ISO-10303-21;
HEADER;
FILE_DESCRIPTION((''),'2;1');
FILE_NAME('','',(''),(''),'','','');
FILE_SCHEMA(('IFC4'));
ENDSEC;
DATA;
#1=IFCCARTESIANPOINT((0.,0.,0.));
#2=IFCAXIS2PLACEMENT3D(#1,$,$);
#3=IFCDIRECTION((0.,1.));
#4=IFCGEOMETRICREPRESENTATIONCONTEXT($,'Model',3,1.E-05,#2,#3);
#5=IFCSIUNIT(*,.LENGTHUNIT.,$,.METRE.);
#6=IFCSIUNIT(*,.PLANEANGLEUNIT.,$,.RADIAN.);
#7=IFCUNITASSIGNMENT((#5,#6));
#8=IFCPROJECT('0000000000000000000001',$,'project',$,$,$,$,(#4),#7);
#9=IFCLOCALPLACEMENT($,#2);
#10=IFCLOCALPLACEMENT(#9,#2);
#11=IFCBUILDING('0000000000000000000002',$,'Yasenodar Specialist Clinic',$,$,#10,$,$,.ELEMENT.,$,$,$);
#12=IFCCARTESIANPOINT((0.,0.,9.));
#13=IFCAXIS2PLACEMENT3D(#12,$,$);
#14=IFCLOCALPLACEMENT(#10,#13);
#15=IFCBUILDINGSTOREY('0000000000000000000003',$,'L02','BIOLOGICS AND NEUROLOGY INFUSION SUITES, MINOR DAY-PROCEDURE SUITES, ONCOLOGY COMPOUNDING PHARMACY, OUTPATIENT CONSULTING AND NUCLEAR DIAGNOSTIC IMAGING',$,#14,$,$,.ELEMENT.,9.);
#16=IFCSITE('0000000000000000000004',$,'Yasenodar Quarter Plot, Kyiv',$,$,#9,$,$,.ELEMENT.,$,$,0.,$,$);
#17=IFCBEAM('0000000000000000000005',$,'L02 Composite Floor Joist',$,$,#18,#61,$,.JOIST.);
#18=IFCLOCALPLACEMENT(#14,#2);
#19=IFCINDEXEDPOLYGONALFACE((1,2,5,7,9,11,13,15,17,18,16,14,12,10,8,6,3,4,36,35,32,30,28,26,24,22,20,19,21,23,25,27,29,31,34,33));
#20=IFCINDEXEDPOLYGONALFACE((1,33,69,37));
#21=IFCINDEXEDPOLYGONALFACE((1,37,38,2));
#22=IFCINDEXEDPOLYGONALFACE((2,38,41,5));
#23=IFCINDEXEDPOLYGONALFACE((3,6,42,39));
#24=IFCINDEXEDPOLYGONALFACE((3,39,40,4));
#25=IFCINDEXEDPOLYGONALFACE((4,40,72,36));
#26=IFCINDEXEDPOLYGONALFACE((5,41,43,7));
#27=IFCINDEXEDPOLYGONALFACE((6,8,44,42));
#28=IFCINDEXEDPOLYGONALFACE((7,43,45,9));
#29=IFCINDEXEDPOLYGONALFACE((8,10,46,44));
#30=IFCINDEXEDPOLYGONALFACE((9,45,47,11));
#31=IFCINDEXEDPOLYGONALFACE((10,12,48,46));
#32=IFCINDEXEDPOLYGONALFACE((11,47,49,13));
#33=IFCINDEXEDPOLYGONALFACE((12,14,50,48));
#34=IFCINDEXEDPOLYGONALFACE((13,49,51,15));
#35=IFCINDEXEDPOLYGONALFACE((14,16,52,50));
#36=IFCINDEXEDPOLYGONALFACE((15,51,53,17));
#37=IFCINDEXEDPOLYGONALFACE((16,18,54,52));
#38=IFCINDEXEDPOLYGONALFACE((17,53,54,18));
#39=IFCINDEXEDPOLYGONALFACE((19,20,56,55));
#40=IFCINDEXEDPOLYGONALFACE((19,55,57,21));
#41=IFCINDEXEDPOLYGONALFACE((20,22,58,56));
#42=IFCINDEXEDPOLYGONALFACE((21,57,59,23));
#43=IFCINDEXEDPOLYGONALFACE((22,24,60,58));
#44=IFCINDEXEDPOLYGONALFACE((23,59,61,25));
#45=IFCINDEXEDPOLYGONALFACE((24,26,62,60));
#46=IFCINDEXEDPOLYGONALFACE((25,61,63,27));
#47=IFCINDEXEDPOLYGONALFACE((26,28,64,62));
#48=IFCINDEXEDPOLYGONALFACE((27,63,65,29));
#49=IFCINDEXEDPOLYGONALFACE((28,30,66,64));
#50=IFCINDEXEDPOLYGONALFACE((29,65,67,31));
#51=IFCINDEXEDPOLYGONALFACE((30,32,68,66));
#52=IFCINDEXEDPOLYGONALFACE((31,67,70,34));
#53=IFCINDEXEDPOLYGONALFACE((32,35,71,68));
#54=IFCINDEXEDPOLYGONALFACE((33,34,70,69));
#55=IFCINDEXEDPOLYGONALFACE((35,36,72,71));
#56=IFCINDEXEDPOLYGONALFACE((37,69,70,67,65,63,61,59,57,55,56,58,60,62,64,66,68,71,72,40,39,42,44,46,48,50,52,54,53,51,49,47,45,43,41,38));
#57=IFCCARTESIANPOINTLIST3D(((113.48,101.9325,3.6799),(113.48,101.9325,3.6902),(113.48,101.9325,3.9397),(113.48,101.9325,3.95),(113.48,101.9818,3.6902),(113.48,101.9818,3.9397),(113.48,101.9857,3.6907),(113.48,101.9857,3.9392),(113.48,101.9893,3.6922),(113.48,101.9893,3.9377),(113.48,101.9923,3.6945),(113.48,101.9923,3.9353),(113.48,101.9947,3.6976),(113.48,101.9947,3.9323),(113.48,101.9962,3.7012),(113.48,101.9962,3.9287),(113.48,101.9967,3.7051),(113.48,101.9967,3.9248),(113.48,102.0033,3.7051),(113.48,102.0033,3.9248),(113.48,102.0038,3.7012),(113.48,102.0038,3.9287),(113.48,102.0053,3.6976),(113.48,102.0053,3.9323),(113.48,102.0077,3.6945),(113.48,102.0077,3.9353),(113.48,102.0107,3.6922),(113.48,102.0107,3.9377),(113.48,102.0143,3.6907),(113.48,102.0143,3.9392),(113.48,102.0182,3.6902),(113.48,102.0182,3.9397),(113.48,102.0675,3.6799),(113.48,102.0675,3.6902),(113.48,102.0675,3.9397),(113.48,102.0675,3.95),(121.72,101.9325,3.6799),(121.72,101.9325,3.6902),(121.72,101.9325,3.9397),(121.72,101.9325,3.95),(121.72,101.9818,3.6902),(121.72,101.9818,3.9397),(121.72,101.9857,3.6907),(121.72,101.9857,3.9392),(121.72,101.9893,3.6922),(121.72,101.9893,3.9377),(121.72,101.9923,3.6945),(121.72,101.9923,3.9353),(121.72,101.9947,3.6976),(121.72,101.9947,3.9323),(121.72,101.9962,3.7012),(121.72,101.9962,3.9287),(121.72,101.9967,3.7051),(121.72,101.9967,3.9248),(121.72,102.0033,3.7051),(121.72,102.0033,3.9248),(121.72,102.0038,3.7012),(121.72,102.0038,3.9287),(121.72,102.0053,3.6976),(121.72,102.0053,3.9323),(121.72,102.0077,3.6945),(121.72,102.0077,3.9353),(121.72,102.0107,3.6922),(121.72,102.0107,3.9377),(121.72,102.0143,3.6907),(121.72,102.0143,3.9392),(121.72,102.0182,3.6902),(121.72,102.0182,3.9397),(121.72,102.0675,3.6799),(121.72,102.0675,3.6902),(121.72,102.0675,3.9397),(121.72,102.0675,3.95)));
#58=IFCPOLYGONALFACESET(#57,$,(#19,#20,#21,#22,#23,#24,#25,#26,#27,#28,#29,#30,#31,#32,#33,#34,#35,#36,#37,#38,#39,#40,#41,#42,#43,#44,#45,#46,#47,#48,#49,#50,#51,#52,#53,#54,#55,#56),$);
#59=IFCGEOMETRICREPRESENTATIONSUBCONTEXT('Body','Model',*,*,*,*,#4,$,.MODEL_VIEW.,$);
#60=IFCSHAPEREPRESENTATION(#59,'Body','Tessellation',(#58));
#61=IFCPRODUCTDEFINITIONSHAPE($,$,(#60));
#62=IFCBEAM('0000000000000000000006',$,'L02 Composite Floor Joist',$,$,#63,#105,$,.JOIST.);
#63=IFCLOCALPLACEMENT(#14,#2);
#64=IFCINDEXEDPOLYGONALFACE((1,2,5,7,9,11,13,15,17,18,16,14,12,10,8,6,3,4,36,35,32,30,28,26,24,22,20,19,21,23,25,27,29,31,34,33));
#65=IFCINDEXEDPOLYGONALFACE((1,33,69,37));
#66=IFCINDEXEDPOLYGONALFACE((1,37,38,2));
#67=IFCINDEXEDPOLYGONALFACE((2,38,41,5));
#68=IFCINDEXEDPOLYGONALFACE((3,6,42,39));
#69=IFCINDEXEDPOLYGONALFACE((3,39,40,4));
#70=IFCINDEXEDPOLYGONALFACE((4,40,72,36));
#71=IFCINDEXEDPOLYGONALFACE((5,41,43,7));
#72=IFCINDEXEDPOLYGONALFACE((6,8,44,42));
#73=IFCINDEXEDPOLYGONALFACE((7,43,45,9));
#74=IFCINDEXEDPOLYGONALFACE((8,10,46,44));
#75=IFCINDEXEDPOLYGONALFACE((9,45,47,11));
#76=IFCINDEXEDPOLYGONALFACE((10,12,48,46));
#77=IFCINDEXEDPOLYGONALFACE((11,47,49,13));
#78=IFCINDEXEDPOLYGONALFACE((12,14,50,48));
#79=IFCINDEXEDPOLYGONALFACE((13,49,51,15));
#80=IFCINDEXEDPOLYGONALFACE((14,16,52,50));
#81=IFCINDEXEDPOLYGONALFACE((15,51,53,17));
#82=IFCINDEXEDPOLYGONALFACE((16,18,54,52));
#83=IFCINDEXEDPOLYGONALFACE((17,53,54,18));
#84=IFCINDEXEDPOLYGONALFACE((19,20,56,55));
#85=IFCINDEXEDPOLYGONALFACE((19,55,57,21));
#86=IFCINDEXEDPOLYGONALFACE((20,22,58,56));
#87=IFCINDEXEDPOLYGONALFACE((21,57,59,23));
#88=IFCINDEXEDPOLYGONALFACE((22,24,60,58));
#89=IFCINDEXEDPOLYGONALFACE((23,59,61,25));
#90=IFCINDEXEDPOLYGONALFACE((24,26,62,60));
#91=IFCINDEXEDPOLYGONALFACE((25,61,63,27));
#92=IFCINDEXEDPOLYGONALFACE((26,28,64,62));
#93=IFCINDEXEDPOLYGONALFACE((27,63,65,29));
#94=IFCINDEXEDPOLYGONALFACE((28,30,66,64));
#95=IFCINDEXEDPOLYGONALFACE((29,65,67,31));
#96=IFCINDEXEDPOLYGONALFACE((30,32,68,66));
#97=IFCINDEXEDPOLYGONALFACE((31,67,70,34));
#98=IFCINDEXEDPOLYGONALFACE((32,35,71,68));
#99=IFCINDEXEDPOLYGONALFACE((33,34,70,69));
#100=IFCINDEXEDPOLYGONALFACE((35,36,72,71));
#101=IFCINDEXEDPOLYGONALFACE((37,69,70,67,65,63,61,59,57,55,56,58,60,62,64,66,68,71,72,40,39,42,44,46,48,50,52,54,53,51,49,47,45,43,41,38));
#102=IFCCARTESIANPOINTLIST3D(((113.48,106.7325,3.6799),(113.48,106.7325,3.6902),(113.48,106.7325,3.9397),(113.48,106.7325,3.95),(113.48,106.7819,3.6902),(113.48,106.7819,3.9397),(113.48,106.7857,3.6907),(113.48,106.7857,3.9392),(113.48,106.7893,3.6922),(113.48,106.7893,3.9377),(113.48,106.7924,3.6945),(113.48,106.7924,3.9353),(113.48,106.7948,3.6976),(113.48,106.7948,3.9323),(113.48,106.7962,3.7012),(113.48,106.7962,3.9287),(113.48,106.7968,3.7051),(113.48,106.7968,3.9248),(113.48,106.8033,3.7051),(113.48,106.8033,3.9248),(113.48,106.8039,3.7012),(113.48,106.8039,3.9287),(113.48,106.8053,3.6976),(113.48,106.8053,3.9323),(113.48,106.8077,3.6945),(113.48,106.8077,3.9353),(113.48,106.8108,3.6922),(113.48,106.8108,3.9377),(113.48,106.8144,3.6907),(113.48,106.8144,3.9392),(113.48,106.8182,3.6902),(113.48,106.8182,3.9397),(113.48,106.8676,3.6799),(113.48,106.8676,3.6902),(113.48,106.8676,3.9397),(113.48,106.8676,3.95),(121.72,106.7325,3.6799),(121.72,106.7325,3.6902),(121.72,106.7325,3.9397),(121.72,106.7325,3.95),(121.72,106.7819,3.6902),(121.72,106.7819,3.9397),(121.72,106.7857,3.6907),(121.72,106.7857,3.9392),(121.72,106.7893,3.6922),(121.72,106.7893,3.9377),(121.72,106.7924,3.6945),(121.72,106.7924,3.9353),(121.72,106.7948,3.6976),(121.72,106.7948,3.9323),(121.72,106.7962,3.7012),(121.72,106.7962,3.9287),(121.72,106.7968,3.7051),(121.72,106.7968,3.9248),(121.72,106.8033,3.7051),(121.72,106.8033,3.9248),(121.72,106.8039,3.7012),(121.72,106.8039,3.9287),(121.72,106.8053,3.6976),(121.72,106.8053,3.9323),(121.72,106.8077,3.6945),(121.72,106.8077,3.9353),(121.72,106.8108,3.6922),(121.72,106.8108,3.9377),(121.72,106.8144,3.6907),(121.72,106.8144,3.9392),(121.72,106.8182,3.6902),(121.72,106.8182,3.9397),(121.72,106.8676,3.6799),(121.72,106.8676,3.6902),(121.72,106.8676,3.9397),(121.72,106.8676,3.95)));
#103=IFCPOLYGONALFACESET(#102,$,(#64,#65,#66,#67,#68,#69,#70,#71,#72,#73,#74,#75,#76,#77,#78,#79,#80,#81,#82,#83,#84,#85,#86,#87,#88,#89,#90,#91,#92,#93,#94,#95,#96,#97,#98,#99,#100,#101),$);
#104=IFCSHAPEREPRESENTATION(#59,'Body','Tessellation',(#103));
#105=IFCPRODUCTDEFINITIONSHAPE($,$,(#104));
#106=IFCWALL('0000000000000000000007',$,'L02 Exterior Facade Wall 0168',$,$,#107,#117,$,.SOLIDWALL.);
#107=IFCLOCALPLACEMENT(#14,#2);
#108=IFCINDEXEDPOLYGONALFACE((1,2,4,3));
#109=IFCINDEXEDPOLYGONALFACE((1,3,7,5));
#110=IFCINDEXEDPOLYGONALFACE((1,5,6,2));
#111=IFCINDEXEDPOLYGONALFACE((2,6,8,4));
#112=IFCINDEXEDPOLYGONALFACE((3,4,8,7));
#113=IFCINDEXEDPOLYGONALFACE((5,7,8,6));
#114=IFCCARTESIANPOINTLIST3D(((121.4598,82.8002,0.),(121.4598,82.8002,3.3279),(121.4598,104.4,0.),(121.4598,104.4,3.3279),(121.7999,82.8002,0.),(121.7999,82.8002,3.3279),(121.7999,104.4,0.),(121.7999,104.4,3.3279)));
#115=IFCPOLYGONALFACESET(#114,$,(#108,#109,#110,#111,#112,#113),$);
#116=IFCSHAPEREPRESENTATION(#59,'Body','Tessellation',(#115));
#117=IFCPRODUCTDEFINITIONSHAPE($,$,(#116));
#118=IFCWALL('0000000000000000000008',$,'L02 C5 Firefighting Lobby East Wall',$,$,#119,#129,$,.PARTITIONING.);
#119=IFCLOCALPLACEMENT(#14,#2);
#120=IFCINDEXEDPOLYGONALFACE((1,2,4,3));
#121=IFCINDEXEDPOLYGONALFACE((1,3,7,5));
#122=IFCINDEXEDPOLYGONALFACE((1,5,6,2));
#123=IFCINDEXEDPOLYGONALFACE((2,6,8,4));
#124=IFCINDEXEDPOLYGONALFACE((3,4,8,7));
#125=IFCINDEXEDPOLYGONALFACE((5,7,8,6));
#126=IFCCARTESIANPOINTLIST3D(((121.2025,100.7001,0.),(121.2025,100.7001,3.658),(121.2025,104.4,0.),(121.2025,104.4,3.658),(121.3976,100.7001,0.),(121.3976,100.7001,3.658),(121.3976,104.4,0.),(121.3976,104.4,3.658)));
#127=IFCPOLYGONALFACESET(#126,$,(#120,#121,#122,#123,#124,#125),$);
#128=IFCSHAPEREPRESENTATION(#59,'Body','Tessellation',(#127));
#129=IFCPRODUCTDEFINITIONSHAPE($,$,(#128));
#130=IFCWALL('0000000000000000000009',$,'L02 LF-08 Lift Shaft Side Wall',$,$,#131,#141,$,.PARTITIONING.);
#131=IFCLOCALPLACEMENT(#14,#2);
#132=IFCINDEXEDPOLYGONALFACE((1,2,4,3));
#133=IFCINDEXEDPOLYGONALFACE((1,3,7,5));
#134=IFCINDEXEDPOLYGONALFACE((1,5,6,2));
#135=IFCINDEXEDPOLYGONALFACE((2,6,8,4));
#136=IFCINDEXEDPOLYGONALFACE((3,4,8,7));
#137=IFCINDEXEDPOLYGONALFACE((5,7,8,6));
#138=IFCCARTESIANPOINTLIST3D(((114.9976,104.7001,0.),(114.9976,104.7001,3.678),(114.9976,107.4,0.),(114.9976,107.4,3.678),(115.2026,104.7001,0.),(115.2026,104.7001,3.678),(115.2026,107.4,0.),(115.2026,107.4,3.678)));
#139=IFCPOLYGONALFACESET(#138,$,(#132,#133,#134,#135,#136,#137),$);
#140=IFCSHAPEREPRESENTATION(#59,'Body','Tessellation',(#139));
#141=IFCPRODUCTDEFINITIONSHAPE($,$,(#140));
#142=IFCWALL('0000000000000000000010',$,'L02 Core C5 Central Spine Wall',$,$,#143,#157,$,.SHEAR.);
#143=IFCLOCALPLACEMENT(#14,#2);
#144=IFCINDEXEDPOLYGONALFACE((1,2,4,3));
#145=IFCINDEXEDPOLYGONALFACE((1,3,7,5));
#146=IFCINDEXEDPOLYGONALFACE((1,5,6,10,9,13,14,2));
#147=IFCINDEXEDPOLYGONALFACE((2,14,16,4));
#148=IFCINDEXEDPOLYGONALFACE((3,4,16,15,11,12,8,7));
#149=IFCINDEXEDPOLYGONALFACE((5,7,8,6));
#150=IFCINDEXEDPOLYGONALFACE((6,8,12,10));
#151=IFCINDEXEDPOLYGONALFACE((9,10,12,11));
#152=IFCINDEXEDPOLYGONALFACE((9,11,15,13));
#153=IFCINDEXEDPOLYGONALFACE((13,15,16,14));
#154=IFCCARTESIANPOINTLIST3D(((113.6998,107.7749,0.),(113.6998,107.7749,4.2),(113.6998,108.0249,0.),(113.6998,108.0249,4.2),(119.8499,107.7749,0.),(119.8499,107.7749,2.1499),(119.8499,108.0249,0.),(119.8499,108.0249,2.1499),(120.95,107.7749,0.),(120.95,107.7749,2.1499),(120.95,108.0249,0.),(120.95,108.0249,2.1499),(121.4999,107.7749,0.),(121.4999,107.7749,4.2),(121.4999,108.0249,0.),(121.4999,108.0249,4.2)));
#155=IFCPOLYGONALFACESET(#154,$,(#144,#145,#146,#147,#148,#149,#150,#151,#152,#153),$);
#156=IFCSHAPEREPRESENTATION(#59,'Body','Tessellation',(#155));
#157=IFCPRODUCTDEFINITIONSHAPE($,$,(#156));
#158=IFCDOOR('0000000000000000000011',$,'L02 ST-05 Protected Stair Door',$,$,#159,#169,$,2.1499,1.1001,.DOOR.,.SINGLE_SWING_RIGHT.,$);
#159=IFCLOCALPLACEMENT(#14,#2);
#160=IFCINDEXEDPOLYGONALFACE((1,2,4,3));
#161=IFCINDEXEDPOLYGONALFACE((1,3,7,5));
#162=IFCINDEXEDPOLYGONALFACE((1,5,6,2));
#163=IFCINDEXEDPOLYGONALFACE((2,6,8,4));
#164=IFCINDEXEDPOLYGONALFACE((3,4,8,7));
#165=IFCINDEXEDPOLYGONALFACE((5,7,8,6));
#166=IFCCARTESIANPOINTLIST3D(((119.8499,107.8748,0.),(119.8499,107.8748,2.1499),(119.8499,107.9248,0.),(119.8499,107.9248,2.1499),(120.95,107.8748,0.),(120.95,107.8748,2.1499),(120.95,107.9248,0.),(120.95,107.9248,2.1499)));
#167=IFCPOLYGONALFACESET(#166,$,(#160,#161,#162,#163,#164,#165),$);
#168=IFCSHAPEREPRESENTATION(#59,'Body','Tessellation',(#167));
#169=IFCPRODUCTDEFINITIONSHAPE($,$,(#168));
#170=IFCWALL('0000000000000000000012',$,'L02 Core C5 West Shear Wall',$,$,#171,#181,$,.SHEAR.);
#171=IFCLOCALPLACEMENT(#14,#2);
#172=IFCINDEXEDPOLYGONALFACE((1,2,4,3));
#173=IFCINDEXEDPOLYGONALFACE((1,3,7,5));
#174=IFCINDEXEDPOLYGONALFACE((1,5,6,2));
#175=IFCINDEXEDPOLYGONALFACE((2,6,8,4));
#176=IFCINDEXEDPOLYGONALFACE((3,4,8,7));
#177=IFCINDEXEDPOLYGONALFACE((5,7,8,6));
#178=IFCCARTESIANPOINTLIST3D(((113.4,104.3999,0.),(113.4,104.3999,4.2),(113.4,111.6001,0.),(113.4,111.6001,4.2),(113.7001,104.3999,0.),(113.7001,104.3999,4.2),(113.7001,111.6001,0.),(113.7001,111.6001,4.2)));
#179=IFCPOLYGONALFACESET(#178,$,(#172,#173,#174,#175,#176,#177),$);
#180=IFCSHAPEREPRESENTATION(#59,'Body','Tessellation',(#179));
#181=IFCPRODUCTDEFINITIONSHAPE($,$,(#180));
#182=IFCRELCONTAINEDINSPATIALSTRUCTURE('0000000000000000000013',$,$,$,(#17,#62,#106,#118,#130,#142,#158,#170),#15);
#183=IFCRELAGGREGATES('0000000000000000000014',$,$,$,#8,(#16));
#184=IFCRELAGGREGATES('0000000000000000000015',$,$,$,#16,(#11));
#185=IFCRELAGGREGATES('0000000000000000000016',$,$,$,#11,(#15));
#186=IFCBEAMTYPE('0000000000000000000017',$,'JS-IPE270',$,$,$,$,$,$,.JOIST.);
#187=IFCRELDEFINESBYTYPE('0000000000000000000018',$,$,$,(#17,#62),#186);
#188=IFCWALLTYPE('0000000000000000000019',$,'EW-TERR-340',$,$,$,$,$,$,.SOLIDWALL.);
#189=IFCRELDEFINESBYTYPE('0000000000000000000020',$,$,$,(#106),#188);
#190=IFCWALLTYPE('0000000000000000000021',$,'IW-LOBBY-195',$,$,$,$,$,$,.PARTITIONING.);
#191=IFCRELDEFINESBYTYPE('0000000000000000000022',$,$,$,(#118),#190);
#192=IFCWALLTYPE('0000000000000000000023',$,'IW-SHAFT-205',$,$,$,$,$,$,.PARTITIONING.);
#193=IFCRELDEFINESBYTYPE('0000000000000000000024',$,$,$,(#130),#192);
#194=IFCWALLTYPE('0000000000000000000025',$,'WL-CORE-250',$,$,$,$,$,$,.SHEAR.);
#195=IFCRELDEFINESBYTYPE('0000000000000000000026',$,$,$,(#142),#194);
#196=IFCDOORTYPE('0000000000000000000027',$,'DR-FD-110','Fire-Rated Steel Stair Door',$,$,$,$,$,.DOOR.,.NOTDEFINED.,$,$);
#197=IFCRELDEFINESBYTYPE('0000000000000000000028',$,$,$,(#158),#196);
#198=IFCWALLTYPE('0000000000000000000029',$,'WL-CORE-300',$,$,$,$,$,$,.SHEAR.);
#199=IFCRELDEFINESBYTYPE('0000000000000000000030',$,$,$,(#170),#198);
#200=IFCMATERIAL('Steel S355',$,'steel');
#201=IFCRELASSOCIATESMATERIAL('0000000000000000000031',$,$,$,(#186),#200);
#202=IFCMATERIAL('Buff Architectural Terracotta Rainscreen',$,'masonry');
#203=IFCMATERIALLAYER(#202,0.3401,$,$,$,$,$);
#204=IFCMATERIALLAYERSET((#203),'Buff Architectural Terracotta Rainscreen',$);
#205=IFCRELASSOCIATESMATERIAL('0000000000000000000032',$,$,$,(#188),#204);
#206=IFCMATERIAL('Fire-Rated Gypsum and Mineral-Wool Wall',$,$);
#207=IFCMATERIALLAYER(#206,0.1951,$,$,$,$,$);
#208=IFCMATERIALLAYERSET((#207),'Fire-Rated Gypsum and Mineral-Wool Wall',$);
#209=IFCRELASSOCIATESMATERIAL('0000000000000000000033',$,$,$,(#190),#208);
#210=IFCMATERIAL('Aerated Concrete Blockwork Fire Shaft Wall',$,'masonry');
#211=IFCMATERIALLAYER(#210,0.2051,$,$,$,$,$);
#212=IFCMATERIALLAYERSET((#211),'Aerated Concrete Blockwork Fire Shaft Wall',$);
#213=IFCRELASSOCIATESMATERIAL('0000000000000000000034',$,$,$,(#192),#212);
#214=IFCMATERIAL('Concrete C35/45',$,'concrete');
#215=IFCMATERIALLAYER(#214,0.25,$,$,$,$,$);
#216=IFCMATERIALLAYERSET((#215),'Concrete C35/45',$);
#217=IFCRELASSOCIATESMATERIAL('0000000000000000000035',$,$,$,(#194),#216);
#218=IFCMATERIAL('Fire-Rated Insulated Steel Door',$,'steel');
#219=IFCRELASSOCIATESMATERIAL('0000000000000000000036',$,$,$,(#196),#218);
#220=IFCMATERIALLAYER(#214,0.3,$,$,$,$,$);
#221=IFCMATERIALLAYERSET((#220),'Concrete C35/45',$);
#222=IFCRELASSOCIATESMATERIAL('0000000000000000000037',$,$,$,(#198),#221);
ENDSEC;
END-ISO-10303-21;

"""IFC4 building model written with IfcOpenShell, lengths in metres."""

from ifc_helpers import new_model, si_unit, direction, frame, frame_2d, origin, origin_2d, place, context, subcontext, project, spatial, rectangle, i_section, extrude, material, layer, layer_set, material_profile, profile_set, type_object, element, fill, save


model = new_model("IFC4")

# Units and contexts
model_context = context("Model", 3, precision=1e-05, world=origin(), true_north=direction((0.0, 1.0)))
body_context = subcontext(model_context, "Body", "Model", "MODEL_VIEW")
ifc_project = project(units=[si_unit("LENGTHUNIT", "METRE"), si_unit("PLANEANGLEUNIT", "RADIAN")], contexts=[model_context])

# Site, building, storey
site_placement = place(None, origin())
site = spatial("IfcSite", under=ifc_project, at=site_placement, Name="Yasenodar Quarter Plot, Kyiv", CompositionType="ELEMENT", RefElevation=0.0)
building_placement = place(site_placement, origin())
building = spatial("IfcBuilding", under=site, at=building_placement, Name="Yasenodar Specialist Clinic", CompositionType="ELEMENT")
storey_placement = place(building_placement, frame((0.0, 0.0, 9.0)))
storey = spatial("IfcBuildingStorey", under=building, at=storey_placement, Name="L02", Description="BIOLOGICS AND NEUROLOGY INFUSION SUITES, MINOR DAY-PROCEDURE SUITES, ONCOLOGY COMPOUNDING PHARMACY, OUTPATIENT CONSULTING AND NUCLEAR DIAGNOSTIC IMAGING", CompositionType="ELEMENT", Elevation=9.0)

# Shared definitions
ifc_material_1 = material(Name="Steel S355", Category="steel")

# Beams
ifc_material_profile_1 = material_profile(ifc_material_1, i_section(OverallWidth=0.135, OverallDepth=0.27, WebThickness=0.0066, FlangeThickness=0.0103, FilletRadius=0.0149, at=origin_2d()), Name="IPE 270")
ifc_profile_set_1 = profile_set([ifc_material_profile_1], Name="Steel S355")
beam_type_1 = type_object("IfcBeamType", Name="JS-IPE270", PredefinedType="JOIST", material=ifc_profile_set_1)
for number, where, z_axis, x_axis, name in (
    (1, (113.48, 102.0, 3.8149), (1.0, 0.0, 0.0), (0.0, 1.0, 0.0), "L02 Composite Floor Joist"),
    (2, (113.48, 106.8, 3.8149), (1.0, 0.0, 0.0), (0.0, 1.0, 0.0), "L02 Composite Floor Joist"),
):
    element("IfcBeam", number, at=place(storey_placement, frame(where, z_axis=z_axis, x_axis=x_axis)), inside=storey, type_object=beam_type_1, Name=name, PredefinedType="JOIST", context=body_context, shape_type="SweptSolid", body=[
        extrude(i_section(OverallWidth=0.135, OverallDepth=0.27, WebThickness=0.0066, FlangeThickness=0.0103, FilletRadius=0.0149, at=origin_2d()), origin(), (0.0, 0.0, 1.0), 8.24),
    ])

# Walls
ifc_material_2 = material(Name="Buff Architectural Terracotta Rainscreen", Category="masonry")
ifc_layer_1 = layer(ifc_material_2, 0.3401)
ifc_layer_set_1 = layer_set([ifc_layer_1], Name="Buff Architectural Terracotta Rainscreen")
wall_type_1 = type_object("IfcWallType", Name="EW-TERR-340", PredefinedType="SOLIDWALL", material=ifc_layer_set_1)
wall_1_placement = place(storey_placement, frame((121.6299, 104.3999, 0.0), z_axis=(0.0, 0.0, 1.0), x_axis=(0.0, -1.0, 0.0)))
element("IfcWall", 3, at=wall_1_placement, inside=storey, type_object=wall_type_1, Name="L02 Exterior Facade Wall 0168", PredefinedType="SOLIDWALL", context=body_context, shape_type="SweptSolid", body=[
    extrude(rectangle(XDim=21.5999, YDim=0.3401, at=frame_2d((10.7998, 0.0))), origin(), (0.0, 0.0, 1.0), 3.3279),
])
ifc_material_3 = material(Name="Fire-Rated Gypsum and Mineral-Wool Wall")
ifc_layer_2 = layer(ifc_material_3, 0.1951)
ifc_layer_set_2 = layer_set([ifc_layer_2], Name="Fire-Rated Gypsum and Mineral-Wool Wall")
wall_type_2 = type_object("IfcWallType", Name="IW-LOBBY-195", PredefinedType="PARTITIONING", material=ifc_layer_set_2)
wall_2_placement = place(storey_placement, frame((121.3, 100.7, 0.0), z_axis=(0.0, 0.0, 1.0), x_axis=(0.0, 1.0, 0.0)))
element("IfcWall", 4, at=wall_2_placement, inside=storey, type_object=wall_type_2, Name="L02 C5 Firefighting Lobby East Wall", PredefinedType="PARTITIONING", context=body_context, shape_type="SweptSolid", body=[
    extrude(rectangle(XDim=3.7, YDim=0.1951, at=frame_2d((1.8501, 0.0))), origin(), (0.0, 0.0, 1.0), 3.658),
])
ifc_material_4 = material(Name="Aerated Concrete Blockwork Fire Shaft Wall", Category="masonry")
ifc_layer_3 = layer(ifc_material_4, 0.2051)
ifc_layer_set_3 = layer_set([ifc_layer_3], Name="Aerated Concrete Blockwork Fire Shaft Wall")
wall_type_3 = type_object("IfcWallType", Name="IW-SHAFT-205", PredefinedType="PARTITIONING", material=ifc_layer_set_3)
wall_3_placement = place(storey_placement, frame((115.1001, 104.7, 0.0), z_axis=(0.0, 0.0, 1.0), x_axis=(0.0, 1.0, 0.0)))
element("IfcWall", 5, at=wall_3_placement, inside=storey, type_object=wall_type_3, Name="L02 LF-08 Lift Shaft Side Wall", PredefinedType="PARTITIONING", context=body_context, shape_type="SweptSolid", body=[
    extrude(rectangle(XDim=2.7, YDim=0.2051, at=frame_2d((1.3501, 0.0))), origin(), (0.0, 0.0, 1.0), 3.678),
])

# Wall, opening, door
ifc_material_5 = material(Name="Concrete C35/45", Category="concrete")
ifc_layer_4 = layer(ifc_material_5, 0.25)
ifc_layer_set_4 = layer_set([ifc_layer_4], Name="Concrete C35/45")
wall_type_4 = type_object("IfcWallType", Name="WL-CORE-250", PredefinedType="SHEAR", material=ifc_layer_set_4)
wall_4_placement = place(storey_placement, frame((113.7, 107.8999, 0.0), z_axis=(0.0, 0.0, 1.0), x_axis=(1.0, 0.0, 0.0)))
wall_4 = element("IfcWall", 6, at=wall_4_placement, inside=storey, type_object=wall_type_4, Name="L02 Core C5 Central Spine Wall", PredefinedType="SHEAR", context=body_context, shape_type="SweptSolid", body=[
    extrude(rectangle(XDim=7.8, YDim=0.25, at=frame_2d((3.8999, 0.0))), origin(), (0.0, 0.0, 1.0), 4.2),
])
opening_placement = place(wall_4_placement, frame((6.1499, 0.0, 0.0)))
opening = element("IfcOpeningElement", 7, at=opening_placement, cuts=wall_4, PredefinedType="OPENING", context=body_context, shape_type="SweptSolid", body=[
    extrude(rectangle(XDim=1.1001, YDim=2.1499, at=frame_2d((0.55, 1.075))), frame((0.0, 0.135, 0.0), z_axis=(0.0, -1.0, 0.0), x_axis=(1.0, 0.0, 0.0)), (0.0, 0.0, 1.0), 0.27),
])
ifc_material_6 = material(Name="Fire-Rated Insulated Steel Door", Category="steel")
door_type = type_object("IfcDoorType", Name="DR-FD-110", Description="Fire-Rated Steel Stair Door", OperationType="NOTDEFINED", PredefinedType="DOOR", material=ifc_material_6)
door_placement = place(opening_placement, origin())
door = element("IfcDoor", 8, at=door_placement, inside=storey, type_object=door_type, Name="L02 ST-05 Protected Stair Door", OperationType="SINGLE_SWING_RIGHT", OverallHeight=2.1499, OverallWidth=1.1001, PredefinedType="DOOR", context=body_context, shape_type="SweptSolid", body=[
    extrude(rectangle(XDim=1.1001, YDim=2.1499, at=frame_2d((0.55, 1.075))), frame((0.0, 0.0249, 0.0), z_axis=(0.0, -1.0, 0.0), x_axis=(1.0, 0.0, 0.0)), (0.0, 0.0, 1.0), 0.05),
])
fill(opening, door)

# Wall
ifc_layer_5 = layer(ifc_material_5, 0.3)
ifc_layer_set_5 = layer_set([ifc_layer_5], Name="Concrete C35/45")
wall_type_5 = type_object("IfcWallType", Name="WL-CORE-300", PredefinedType="SHEAR", material=ifc_layer_set_5)
for number, where, z_axis, x_axis, name in (
    (9, (113.55, 104.3999, 0.0), (0.0, 0.0, 1.0), (0.0, 1.0, 0.0), "L02 Core C5 West Shear Wall"),
):
    element("IfcWall", number, at=place(storey_placement, frame(where, z_axis=z_axis, x_axis=x_axis)), inside=storey, type_object=wall_type_5, Name=name, PredefinedType="SHEAR", context=body_context, shape_type="SweptSolid", body=[
        extrude(rectangle(XDim=7.2002, YDim=0.3, at=frame_2d((3.6001, 0.0))), origin(), (0.0, 0.0, 1.0), 4.2),
    ])

save(model, "model.ifc")
